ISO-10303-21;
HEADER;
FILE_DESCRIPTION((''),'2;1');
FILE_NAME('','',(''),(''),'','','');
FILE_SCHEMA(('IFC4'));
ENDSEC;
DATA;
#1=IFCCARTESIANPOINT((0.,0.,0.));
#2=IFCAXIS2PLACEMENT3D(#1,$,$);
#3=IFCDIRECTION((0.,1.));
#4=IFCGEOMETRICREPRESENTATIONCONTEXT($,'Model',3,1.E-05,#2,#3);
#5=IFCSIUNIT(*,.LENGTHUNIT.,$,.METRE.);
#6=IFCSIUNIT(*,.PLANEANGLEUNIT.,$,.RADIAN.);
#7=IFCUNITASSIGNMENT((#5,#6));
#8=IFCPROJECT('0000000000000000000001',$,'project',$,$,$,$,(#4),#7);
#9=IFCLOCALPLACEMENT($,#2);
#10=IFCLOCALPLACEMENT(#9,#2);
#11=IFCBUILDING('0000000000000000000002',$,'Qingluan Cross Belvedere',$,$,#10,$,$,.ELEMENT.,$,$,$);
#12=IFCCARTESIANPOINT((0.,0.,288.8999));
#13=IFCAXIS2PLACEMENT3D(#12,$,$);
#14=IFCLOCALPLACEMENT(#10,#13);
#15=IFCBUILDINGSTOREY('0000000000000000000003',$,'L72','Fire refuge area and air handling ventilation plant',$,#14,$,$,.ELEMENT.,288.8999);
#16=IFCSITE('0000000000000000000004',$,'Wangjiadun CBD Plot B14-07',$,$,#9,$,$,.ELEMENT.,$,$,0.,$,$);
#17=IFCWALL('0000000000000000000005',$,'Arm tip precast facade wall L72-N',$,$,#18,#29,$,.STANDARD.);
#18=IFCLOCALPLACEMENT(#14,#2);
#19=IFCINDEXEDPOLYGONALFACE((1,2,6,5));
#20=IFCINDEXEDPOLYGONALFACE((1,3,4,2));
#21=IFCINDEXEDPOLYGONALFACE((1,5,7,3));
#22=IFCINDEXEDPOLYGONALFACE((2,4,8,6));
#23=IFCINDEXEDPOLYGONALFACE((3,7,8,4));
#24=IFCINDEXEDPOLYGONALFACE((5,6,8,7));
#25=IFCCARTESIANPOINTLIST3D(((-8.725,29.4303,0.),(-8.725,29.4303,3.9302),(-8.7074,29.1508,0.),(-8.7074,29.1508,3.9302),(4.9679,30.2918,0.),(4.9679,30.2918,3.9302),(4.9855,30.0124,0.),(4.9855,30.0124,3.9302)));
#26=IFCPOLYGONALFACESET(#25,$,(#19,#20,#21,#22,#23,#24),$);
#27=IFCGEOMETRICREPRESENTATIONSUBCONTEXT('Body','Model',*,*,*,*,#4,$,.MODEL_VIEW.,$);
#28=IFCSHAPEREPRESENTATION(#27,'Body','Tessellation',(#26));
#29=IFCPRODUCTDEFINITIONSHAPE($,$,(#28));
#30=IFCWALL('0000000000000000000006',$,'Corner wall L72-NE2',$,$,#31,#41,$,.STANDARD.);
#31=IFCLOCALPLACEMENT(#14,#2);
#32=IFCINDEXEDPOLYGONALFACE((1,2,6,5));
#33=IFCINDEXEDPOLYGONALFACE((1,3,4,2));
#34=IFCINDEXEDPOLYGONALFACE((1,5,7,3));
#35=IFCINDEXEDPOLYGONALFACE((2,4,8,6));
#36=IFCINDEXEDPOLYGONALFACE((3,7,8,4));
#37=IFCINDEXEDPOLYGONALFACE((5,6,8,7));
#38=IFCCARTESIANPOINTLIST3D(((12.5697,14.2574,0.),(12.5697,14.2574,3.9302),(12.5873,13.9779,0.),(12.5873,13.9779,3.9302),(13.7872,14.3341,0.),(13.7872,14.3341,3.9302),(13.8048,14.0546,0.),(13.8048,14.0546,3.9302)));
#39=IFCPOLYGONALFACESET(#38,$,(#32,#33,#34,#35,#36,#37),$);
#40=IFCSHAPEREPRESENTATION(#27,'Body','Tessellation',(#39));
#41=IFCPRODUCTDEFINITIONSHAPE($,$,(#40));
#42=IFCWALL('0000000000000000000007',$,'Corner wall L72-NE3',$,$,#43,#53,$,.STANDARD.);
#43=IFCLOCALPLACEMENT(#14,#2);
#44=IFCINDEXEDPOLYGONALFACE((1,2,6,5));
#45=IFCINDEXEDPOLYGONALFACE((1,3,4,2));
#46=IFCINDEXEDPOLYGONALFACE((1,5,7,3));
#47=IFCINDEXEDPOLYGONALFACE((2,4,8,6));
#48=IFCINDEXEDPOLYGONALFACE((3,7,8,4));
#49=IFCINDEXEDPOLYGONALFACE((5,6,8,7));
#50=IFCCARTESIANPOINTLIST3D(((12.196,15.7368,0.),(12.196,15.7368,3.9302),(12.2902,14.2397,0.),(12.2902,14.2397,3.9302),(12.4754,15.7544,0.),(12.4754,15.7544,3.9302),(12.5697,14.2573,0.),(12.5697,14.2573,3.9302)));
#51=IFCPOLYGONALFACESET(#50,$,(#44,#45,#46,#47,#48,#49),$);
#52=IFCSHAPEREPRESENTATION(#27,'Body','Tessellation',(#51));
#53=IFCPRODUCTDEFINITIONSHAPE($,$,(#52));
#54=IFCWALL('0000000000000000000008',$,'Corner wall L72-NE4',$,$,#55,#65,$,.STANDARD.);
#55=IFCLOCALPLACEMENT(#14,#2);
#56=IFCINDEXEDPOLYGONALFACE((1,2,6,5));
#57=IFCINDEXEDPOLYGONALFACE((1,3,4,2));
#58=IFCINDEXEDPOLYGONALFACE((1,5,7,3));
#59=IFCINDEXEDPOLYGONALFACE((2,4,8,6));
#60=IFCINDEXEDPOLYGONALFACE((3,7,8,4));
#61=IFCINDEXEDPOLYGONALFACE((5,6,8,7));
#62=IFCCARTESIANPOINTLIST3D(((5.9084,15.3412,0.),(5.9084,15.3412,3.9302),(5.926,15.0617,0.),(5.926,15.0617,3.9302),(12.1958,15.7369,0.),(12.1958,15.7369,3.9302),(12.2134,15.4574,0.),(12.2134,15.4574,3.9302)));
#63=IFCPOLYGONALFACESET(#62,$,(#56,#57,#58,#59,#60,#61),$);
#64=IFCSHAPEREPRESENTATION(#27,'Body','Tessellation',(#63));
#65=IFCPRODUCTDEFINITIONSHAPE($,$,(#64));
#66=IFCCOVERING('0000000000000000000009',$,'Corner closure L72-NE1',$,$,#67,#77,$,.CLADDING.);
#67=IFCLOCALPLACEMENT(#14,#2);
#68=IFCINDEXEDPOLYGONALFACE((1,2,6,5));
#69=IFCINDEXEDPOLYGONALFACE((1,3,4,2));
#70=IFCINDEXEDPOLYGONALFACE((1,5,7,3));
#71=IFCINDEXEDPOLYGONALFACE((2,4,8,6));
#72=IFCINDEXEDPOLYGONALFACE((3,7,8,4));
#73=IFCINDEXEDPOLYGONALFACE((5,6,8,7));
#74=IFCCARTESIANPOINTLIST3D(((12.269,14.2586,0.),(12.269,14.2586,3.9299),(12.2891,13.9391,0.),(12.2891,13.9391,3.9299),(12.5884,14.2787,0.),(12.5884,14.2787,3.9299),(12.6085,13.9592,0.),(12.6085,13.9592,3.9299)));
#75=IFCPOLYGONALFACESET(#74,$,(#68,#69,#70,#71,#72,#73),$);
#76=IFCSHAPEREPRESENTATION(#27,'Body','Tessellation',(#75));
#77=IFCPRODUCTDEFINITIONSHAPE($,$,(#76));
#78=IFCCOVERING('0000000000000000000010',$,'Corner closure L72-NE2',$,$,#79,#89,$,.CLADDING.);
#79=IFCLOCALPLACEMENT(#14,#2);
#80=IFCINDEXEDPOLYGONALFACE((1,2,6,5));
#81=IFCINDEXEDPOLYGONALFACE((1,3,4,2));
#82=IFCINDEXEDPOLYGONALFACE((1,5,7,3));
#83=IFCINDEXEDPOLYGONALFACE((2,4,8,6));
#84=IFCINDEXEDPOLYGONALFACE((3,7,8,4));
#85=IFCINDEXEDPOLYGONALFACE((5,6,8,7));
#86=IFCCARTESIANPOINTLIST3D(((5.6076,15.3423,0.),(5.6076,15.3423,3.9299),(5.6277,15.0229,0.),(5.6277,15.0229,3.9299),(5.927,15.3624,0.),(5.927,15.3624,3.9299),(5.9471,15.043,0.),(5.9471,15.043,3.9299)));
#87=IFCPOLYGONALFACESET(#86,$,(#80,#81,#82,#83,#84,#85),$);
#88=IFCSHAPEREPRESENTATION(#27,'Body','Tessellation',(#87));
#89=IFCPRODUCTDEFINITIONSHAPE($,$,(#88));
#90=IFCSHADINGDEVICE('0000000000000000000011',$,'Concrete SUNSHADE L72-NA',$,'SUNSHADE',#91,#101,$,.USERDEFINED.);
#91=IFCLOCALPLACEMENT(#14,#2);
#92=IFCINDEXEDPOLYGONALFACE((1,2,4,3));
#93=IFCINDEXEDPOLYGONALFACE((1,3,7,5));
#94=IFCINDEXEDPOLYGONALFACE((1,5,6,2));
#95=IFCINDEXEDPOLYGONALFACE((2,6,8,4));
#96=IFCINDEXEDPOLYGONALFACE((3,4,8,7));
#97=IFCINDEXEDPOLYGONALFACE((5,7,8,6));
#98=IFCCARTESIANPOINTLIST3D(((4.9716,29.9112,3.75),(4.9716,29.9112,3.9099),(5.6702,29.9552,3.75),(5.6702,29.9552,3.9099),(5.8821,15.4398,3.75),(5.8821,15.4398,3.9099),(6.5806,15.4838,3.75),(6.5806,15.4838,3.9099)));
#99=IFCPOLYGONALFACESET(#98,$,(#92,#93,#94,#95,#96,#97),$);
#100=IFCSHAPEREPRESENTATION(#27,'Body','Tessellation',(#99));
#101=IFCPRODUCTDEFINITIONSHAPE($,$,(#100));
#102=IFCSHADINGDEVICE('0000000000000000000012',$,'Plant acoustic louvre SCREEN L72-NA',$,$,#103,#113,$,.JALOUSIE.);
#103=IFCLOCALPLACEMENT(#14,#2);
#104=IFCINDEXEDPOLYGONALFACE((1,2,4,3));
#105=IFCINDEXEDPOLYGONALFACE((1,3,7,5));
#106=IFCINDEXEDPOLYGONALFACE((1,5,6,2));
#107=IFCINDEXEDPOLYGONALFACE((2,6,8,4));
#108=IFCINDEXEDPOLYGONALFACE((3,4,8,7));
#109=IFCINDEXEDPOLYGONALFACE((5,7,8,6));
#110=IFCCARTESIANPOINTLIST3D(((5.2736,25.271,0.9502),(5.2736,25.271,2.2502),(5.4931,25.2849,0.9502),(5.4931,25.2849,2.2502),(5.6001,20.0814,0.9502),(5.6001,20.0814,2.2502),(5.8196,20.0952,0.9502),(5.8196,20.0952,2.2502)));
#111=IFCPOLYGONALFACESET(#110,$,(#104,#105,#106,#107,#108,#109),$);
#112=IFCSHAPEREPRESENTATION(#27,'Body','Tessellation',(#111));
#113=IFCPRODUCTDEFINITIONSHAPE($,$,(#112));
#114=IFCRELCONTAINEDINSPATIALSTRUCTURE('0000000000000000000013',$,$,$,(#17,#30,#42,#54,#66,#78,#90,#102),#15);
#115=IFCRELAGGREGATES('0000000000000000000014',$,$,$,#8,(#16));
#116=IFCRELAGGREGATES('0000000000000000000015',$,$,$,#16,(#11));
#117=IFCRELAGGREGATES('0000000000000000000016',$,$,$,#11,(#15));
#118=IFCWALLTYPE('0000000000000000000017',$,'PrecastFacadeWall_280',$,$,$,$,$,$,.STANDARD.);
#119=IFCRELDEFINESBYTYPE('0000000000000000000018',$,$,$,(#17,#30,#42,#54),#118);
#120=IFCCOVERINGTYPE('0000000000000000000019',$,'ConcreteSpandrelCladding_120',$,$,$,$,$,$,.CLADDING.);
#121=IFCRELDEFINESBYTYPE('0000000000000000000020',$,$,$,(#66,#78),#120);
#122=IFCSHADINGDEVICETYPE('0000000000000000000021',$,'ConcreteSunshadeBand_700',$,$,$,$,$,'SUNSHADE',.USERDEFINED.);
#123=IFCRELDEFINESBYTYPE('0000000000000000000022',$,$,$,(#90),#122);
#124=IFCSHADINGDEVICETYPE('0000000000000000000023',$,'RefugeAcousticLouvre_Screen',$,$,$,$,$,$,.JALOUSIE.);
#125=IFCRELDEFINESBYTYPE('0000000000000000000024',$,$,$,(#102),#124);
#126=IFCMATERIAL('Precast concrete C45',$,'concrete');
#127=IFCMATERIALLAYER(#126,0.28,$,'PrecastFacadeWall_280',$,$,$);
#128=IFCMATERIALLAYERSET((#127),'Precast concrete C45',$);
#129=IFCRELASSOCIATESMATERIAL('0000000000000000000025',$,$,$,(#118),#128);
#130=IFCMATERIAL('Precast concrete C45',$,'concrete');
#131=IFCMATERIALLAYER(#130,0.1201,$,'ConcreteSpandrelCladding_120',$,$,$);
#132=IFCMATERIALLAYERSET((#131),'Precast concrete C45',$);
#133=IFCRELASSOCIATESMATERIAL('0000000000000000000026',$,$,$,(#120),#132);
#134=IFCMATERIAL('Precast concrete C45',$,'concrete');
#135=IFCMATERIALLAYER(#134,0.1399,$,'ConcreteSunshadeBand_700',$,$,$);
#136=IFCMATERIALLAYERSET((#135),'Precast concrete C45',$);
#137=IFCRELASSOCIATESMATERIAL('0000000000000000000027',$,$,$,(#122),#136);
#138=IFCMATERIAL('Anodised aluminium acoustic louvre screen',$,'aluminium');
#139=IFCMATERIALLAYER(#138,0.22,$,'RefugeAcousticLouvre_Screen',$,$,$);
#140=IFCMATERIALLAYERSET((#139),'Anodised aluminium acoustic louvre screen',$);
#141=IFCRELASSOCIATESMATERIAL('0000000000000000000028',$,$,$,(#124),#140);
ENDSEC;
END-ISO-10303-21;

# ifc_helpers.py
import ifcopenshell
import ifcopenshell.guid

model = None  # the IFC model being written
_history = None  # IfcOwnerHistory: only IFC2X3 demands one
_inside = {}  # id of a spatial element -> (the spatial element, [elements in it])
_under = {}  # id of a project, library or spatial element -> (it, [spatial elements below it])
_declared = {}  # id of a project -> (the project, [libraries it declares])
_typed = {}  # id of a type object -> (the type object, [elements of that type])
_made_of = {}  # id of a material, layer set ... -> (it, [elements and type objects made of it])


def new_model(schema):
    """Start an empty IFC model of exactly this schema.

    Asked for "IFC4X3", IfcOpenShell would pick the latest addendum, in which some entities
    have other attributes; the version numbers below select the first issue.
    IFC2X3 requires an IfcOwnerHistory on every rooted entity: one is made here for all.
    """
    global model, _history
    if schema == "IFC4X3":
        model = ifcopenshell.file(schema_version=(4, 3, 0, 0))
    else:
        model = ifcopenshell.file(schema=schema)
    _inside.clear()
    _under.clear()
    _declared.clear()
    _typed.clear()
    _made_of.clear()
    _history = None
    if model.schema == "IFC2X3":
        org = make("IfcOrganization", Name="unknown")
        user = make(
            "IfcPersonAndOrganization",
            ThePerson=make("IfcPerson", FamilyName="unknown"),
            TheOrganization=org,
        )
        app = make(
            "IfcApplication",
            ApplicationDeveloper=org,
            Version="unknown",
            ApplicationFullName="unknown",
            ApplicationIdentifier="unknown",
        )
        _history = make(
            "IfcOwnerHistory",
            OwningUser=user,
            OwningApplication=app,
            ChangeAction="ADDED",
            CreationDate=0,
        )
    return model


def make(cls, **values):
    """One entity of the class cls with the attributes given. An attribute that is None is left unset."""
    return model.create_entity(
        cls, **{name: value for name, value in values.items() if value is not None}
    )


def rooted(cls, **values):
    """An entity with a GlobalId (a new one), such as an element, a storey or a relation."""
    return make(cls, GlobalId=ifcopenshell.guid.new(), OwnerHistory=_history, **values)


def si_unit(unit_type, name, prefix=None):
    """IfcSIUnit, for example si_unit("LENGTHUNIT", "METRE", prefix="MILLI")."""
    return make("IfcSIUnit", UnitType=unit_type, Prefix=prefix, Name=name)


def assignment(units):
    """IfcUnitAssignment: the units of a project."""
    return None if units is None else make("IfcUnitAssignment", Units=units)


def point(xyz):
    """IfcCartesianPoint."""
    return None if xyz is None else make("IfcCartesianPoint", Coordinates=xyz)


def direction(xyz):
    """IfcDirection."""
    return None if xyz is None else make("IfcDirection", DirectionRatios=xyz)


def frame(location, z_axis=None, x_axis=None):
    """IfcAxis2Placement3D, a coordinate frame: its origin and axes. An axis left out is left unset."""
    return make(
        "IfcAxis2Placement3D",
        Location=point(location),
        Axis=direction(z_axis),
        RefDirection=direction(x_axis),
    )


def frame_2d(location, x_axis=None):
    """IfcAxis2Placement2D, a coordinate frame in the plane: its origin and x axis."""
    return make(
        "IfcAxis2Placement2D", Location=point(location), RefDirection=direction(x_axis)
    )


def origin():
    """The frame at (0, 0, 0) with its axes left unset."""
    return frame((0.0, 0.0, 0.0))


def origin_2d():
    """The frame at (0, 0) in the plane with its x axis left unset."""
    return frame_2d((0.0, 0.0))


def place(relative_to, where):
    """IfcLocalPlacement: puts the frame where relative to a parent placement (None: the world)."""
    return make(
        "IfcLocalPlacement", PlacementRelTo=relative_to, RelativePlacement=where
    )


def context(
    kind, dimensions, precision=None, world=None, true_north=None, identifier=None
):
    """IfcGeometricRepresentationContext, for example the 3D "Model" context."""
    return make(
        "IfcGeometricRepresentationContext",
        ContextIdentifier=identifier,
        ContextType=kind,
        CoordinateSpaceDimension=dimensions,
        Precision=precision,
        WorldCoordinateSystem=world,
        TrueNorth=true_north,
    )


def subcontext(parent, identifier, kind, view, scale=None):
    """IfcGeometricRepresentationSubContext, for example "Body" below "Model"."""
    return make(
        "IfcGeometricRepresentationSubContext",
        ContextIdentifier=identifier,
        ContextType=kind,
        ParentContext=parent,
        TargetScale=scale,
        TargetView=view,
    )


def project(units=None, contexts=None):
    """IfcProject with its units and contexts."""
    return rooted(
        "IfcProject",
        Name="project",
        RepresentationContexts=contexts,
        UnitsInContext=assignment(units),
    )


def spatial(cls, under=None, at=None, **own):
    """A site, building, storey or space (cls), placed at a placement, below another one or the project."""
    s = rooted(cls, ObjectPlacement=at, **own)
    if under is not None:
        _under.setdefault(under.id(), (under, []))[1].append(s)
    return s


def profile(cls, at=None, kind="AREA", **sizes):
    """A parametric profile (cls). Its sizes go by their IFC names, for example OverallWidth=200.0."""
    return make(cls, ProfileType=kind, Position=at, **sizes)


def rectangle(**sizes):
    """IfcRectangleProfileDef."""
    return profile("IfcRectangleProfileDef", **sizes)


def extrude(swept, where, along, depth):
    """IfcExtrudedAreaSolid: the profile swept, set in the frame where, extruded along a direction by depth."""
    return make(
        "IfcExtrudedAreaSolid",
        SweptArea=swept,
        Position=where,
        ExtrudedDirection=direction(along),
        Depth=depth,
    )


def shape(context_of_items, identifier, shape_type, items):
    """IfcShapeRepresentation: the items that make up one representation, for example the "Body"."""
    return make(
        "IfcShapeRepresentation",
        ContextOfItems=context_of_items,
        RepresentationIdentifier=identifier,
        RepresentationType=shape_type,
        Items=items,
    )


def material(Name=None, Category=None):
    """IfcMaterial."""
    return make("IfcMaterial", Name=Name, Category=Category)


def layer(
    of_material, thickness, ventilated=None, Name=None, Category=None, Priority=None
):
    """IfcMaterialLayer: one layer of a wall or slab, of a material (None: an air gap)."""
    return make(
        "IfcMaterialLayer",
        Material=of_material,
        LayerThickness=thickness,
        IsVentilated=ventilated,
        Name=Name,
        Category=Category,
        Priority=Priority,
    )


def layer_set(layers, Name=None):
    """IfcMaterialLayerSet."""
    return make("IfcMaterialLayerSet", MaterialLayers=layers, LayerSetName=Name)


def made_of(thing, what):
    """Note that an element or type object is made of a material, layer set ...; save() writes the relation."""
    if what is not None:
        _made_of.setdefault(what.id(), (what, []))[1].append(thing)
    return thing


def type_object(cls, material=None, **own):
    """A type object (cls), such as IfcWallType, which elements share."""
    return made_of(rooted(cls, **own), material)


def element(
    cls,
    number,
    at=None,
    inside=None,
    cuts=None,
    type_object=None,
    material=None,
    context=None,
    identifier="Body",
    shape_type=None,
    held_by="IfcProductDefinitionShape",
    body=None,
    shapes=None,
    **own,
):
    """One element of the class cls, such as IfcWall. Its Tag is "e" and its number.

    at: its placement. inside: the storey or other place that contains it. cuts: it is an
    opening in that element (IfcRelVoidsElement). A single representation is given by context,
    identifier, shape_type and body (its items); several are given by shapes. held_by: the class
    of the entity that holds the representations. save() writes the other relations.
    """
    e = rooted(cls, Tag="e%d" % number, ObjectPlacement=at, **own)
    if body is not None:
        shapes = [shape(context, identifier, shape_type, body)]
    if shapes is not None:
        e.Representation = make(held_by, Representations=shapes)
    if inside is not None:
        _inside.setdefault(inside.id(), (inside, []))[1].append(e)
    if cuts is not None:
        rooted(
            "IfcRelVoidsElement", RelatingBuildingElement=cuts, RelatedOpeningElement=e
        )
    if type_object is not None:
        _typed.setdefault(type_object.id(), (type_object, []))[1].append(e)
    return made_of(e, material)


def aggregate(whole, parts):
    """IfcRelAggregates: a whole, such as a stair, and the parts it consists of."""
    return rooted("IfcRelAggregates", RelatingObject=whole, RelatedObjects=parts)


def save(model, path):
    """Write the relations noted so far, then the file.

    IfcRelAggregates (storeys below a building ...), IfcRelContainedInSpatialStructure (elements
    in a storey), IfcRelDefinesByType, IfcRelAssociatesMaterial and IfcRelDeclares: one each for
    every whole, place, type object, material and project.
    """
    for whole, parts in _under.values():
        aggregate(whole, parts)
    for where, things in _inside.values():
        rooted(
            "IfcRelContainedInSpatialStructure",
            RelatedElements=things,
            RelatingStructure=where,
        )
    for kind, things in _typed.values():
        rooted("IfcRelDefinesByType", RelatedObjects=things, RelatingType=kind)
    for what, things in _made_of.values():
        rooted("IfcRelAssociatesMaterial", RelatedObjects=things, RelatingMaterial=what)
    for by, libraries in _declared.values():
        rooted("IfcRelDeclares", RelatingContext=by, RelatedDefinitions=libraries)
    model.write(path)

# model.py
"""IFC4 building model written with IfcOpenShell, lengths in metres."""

from ifc_helpers import new_model, si_unit, direction, frame, frame_2d, origin, origin_2d, place, context, subcontext, project, spatial, rectangle, extrude, material, layer, layer_set, type_object, element, save


model = new_model("IFC4")

# Units and contexts
model_context = context("Model", 3, precision=1e-05, world=origin(), true_north=direction((0.0, 1.0)))
body_context = subcontext(model_context, "Body", "Model", "MODEL_VIEW")
ifc_project = project(units=[si_unit("LENGTHUNIT", "METRE"), si_unit("PLANEANGLEUNIT", "RADIAN")], contexts=[model_context])

# Site, building, storey
site_placement = place(None, origin())
site = spatial("IfcSite", under=ifc_project, at=site_placement, Name="Wangjiadun CBD Plot B14-07", CompositionType="ELEMENT", RefElevation=0.0)
building_placement = place(site_placement, origin())
building = spatial("IfcBuilding", under=site, at=building_placement, Name="Qingluan Cross Belvedere", CompositionType="ELEMENT")
storey_placement = place(building_placement, frame((0.0, 0.0, 288.8999)))
storey = spatial("IfcBuildingStorey", under=building, at=storey_placement, Name="L72", Description="Fire refuge area and air handling ventilation plant", CompositionType="ELEMENT", Elevation=288.8999)

# Shared definitions
ifc_material_1 = material(Name="Precast concrete C45", Category="concrete")
ifc_layer_1 = layer(ifc_material_1, 0.28, Name="PrecastFacadeWall_280")
ifc_layer_set_1 = layer_set([ifc_layer_1], Name="Precast concrete C45")
wall_type_1 = type_object("IfcWallType", Name="PrecastFacadeWall_280", PredefinedType="STANDARD", material=ifc_layer_set_1)

# Walls
wall_1_placement = place(storey_placement, frame((4.9766, 30.1521, 0.0), z_axis=(0.0, 0.0, 1.0), x_axis=(-0.998026, -0.062797, 0.0)))
element("IfcWall", 1, at=wall_1_placement, inside=storey, type_object=wall_type_1, Name="Arm tip precast facade wall L72-N", PredefinedType="STANDARD", context=body_context, shape_type="SweptSolid", body=[
    extrude(rectangle(XDim=13.72, YDim=0.28, at=frame_2d((6.8599, 0.0))), origin(), (0.0, 0.0, 1.0), 3.9302),
])
wall_2_placement = place(storey_placement, frame((13.7959, 14.1943, 0.0), z_axis=(0.0, 0.0, 1.0), x_axis=(-0.998024, -0.062839, 0.0)))
element("IfcWall", 2, at=wall_2_placement, inside=storey, type_object=wall_type_1, Name="Corner wall L72-NE2", PredefinedType="STANDARD", context=body_context, shape_type="SweptSolid", body=[
    extrude(rectangle(XDim=1.22, YDim=0.28, at=frame_2d((0.6099, 0.0))), origin(), (0.0, 0.0, 1.0), 3.9302),
])
wall_3_placement = place(storey_placement, frame((12.4299, 14.2485, 0.0), z_axis=(0.0, 0.0, 1.0), x_axis=(-0.062824, 0.998025, 0.0)))
element("IfcWall", 3, at=wall_3_placement, inside=storey, type_object=wall_type_1, Name="Corner wall L72-NE3", PredefinedType="STANDARD", context=body_context, shape_type="SweptSolid", body=[
    extrude(rectangle(XDim=1.5, YDim=0.28, at=frame_2d((0.75, 0.0))), origin(), (0.0, 0.0, 1.0), 3.9302),
])
wall_4_placement = place(storey_placement, frame((12.2046, 15.5972, 0.0), z_axis=(0.0, 0.0, 1.0), x_axis=(-0.998025, -0.06282, 0.0)))
element("IfcWall", 4, at=wall_4_placement, inside=storey, type_object=wall_type_1, Name="Corner wall L72-NE4", PredefinedType="STANDARD", context=body_context, shape_type="SweptSolid", body=[
    extrude(rectangle(XDim=6.2998, YDim=0.28, at=frame_2d((3.1499, 0.0))), origin(), (0.0, 0.0, 1.0), 3.9302),
])

# Coverings
ifc_material_2 = material(Name="Precast concrete C45", Category="concrete")
ifc_layer_2 = layer(ifc_material_2, 0.1201, Name="ConcreteSpandrelCladding_120")
ifc_layer_set_2 = layer_set([ifc_layer_2], Name="Precast concrete C45")
covering_type = type_object("IfcCoveringType", Name="ConcreteSpandrelCladding_120", PredefinedType="CLADDING", material=ifc_layer_set_2)
for number, where, z_axis, x_axis, name in (
    (5, (12.4387, 14.1089, 0.0), (0.0, 0.0, 1.0), (0.998027, 0.062791, 0.0), "Corner closure L72-NE1"),
    (6, (5.7773, 15.1926, 0.0), (0.0, 0.0, 1.0), (0.998027, 0.062791, 0.0), "Corner closure L72-NE2"),
):
    element("IfcCovering", number, at=place(storey_placement, frame(where, z_axis=z_axis, x_axis=x_axis)), inside=storey, type_object=covering_type, Name=name, PredefinedType="CLADDING", context=body_context, shape_type="SweptSolid", body=[
        extrude(rectangle(XDim=0.3201, YDim=0.3201, at=origin_2d()), origin(), (0.0, 0.0, 1.0), 3.9299),
    ])

# Shading devices
ifc_material_3 = material(Name="Precast concrete C45", Category="concrete")
ifc_layer_3 = layer(ifc_material_3, 0.1399, Name="ConcreteSunshadeBand_700")
ifc_layer_set_3 = layer_set([ifc_layer_3], Name="Precast concrete C45")
shading_device_type_1 = type_object("IfcShadingDeviceType", Name="ConcreteSunshadeBand_700", ElementType="SUNSHADE", PredefinedType="USERDEFINED", material=ifc_layer_set_3)
shading_device_1_placement = place(storey_placement, frame((5.7761, 22.6975, 3.75), z_axis=(0.0, 0.0, 1.0), x_axis=(-0.062789, 0.998027, 0.0)))
element("IfcShadingDevice", 7, at=shading_device_1_placement, inside=storey, type_object=shading_device_type_1, Name="Concrete SUNSHADE L72-NA", ObjectType="SUNSHADE", PredefinedType="USERDEFINED", context=body_context, shape_type="SweptSolid", body=[
    extrude(rectangle(XDim=14.5, YDim=0.7, at=origin_2d()), origin(), (0.0, 0.0, 1.0), 0.1599),
])
ifc_material_4 = material(Name="Anodised aluminium acoustic louvre screen", Category="aluminium")
ifc_layer_4 = layer(ifc_material_4, 0.22, Name="RefugeAcousticLouvre_Screen")
ifc_layer_set_4 = layer_set([ifc_layer_4], Name="Anodised aluminium acoustic louvre screen")
shading_device_type_2 = type_object("IfcShadingDeviceType", Name="RefugeAcousticLouvre_Screen", PredefinedType="JALOUSIE", material=ifc_layer_set_4)
shading_device_2_placement = place(storey_placement, frame((5.5466, 22.6831, 0.9502), z_axis=(0.0, 0.0, 1.0), x_axis=(-0.062789, 0.998027, 0.0)))
element("IfcShadingDevice", 8, at=shading_device_2_placement, inside=storey, type_object=shading_device_type_2, Name="Plant acoustic louvre SCREEN L72-NA", PredefinedType="JALOUSIE", context=body_context, shape_type="SweptSolid", body=[
    extrude(rectangle(XDim=5.2, YDim=0.22, at=origin_2d()), origin(), (0.0, 0.0, 1.0), 1.3),
])

save(model, "model.ifc")
